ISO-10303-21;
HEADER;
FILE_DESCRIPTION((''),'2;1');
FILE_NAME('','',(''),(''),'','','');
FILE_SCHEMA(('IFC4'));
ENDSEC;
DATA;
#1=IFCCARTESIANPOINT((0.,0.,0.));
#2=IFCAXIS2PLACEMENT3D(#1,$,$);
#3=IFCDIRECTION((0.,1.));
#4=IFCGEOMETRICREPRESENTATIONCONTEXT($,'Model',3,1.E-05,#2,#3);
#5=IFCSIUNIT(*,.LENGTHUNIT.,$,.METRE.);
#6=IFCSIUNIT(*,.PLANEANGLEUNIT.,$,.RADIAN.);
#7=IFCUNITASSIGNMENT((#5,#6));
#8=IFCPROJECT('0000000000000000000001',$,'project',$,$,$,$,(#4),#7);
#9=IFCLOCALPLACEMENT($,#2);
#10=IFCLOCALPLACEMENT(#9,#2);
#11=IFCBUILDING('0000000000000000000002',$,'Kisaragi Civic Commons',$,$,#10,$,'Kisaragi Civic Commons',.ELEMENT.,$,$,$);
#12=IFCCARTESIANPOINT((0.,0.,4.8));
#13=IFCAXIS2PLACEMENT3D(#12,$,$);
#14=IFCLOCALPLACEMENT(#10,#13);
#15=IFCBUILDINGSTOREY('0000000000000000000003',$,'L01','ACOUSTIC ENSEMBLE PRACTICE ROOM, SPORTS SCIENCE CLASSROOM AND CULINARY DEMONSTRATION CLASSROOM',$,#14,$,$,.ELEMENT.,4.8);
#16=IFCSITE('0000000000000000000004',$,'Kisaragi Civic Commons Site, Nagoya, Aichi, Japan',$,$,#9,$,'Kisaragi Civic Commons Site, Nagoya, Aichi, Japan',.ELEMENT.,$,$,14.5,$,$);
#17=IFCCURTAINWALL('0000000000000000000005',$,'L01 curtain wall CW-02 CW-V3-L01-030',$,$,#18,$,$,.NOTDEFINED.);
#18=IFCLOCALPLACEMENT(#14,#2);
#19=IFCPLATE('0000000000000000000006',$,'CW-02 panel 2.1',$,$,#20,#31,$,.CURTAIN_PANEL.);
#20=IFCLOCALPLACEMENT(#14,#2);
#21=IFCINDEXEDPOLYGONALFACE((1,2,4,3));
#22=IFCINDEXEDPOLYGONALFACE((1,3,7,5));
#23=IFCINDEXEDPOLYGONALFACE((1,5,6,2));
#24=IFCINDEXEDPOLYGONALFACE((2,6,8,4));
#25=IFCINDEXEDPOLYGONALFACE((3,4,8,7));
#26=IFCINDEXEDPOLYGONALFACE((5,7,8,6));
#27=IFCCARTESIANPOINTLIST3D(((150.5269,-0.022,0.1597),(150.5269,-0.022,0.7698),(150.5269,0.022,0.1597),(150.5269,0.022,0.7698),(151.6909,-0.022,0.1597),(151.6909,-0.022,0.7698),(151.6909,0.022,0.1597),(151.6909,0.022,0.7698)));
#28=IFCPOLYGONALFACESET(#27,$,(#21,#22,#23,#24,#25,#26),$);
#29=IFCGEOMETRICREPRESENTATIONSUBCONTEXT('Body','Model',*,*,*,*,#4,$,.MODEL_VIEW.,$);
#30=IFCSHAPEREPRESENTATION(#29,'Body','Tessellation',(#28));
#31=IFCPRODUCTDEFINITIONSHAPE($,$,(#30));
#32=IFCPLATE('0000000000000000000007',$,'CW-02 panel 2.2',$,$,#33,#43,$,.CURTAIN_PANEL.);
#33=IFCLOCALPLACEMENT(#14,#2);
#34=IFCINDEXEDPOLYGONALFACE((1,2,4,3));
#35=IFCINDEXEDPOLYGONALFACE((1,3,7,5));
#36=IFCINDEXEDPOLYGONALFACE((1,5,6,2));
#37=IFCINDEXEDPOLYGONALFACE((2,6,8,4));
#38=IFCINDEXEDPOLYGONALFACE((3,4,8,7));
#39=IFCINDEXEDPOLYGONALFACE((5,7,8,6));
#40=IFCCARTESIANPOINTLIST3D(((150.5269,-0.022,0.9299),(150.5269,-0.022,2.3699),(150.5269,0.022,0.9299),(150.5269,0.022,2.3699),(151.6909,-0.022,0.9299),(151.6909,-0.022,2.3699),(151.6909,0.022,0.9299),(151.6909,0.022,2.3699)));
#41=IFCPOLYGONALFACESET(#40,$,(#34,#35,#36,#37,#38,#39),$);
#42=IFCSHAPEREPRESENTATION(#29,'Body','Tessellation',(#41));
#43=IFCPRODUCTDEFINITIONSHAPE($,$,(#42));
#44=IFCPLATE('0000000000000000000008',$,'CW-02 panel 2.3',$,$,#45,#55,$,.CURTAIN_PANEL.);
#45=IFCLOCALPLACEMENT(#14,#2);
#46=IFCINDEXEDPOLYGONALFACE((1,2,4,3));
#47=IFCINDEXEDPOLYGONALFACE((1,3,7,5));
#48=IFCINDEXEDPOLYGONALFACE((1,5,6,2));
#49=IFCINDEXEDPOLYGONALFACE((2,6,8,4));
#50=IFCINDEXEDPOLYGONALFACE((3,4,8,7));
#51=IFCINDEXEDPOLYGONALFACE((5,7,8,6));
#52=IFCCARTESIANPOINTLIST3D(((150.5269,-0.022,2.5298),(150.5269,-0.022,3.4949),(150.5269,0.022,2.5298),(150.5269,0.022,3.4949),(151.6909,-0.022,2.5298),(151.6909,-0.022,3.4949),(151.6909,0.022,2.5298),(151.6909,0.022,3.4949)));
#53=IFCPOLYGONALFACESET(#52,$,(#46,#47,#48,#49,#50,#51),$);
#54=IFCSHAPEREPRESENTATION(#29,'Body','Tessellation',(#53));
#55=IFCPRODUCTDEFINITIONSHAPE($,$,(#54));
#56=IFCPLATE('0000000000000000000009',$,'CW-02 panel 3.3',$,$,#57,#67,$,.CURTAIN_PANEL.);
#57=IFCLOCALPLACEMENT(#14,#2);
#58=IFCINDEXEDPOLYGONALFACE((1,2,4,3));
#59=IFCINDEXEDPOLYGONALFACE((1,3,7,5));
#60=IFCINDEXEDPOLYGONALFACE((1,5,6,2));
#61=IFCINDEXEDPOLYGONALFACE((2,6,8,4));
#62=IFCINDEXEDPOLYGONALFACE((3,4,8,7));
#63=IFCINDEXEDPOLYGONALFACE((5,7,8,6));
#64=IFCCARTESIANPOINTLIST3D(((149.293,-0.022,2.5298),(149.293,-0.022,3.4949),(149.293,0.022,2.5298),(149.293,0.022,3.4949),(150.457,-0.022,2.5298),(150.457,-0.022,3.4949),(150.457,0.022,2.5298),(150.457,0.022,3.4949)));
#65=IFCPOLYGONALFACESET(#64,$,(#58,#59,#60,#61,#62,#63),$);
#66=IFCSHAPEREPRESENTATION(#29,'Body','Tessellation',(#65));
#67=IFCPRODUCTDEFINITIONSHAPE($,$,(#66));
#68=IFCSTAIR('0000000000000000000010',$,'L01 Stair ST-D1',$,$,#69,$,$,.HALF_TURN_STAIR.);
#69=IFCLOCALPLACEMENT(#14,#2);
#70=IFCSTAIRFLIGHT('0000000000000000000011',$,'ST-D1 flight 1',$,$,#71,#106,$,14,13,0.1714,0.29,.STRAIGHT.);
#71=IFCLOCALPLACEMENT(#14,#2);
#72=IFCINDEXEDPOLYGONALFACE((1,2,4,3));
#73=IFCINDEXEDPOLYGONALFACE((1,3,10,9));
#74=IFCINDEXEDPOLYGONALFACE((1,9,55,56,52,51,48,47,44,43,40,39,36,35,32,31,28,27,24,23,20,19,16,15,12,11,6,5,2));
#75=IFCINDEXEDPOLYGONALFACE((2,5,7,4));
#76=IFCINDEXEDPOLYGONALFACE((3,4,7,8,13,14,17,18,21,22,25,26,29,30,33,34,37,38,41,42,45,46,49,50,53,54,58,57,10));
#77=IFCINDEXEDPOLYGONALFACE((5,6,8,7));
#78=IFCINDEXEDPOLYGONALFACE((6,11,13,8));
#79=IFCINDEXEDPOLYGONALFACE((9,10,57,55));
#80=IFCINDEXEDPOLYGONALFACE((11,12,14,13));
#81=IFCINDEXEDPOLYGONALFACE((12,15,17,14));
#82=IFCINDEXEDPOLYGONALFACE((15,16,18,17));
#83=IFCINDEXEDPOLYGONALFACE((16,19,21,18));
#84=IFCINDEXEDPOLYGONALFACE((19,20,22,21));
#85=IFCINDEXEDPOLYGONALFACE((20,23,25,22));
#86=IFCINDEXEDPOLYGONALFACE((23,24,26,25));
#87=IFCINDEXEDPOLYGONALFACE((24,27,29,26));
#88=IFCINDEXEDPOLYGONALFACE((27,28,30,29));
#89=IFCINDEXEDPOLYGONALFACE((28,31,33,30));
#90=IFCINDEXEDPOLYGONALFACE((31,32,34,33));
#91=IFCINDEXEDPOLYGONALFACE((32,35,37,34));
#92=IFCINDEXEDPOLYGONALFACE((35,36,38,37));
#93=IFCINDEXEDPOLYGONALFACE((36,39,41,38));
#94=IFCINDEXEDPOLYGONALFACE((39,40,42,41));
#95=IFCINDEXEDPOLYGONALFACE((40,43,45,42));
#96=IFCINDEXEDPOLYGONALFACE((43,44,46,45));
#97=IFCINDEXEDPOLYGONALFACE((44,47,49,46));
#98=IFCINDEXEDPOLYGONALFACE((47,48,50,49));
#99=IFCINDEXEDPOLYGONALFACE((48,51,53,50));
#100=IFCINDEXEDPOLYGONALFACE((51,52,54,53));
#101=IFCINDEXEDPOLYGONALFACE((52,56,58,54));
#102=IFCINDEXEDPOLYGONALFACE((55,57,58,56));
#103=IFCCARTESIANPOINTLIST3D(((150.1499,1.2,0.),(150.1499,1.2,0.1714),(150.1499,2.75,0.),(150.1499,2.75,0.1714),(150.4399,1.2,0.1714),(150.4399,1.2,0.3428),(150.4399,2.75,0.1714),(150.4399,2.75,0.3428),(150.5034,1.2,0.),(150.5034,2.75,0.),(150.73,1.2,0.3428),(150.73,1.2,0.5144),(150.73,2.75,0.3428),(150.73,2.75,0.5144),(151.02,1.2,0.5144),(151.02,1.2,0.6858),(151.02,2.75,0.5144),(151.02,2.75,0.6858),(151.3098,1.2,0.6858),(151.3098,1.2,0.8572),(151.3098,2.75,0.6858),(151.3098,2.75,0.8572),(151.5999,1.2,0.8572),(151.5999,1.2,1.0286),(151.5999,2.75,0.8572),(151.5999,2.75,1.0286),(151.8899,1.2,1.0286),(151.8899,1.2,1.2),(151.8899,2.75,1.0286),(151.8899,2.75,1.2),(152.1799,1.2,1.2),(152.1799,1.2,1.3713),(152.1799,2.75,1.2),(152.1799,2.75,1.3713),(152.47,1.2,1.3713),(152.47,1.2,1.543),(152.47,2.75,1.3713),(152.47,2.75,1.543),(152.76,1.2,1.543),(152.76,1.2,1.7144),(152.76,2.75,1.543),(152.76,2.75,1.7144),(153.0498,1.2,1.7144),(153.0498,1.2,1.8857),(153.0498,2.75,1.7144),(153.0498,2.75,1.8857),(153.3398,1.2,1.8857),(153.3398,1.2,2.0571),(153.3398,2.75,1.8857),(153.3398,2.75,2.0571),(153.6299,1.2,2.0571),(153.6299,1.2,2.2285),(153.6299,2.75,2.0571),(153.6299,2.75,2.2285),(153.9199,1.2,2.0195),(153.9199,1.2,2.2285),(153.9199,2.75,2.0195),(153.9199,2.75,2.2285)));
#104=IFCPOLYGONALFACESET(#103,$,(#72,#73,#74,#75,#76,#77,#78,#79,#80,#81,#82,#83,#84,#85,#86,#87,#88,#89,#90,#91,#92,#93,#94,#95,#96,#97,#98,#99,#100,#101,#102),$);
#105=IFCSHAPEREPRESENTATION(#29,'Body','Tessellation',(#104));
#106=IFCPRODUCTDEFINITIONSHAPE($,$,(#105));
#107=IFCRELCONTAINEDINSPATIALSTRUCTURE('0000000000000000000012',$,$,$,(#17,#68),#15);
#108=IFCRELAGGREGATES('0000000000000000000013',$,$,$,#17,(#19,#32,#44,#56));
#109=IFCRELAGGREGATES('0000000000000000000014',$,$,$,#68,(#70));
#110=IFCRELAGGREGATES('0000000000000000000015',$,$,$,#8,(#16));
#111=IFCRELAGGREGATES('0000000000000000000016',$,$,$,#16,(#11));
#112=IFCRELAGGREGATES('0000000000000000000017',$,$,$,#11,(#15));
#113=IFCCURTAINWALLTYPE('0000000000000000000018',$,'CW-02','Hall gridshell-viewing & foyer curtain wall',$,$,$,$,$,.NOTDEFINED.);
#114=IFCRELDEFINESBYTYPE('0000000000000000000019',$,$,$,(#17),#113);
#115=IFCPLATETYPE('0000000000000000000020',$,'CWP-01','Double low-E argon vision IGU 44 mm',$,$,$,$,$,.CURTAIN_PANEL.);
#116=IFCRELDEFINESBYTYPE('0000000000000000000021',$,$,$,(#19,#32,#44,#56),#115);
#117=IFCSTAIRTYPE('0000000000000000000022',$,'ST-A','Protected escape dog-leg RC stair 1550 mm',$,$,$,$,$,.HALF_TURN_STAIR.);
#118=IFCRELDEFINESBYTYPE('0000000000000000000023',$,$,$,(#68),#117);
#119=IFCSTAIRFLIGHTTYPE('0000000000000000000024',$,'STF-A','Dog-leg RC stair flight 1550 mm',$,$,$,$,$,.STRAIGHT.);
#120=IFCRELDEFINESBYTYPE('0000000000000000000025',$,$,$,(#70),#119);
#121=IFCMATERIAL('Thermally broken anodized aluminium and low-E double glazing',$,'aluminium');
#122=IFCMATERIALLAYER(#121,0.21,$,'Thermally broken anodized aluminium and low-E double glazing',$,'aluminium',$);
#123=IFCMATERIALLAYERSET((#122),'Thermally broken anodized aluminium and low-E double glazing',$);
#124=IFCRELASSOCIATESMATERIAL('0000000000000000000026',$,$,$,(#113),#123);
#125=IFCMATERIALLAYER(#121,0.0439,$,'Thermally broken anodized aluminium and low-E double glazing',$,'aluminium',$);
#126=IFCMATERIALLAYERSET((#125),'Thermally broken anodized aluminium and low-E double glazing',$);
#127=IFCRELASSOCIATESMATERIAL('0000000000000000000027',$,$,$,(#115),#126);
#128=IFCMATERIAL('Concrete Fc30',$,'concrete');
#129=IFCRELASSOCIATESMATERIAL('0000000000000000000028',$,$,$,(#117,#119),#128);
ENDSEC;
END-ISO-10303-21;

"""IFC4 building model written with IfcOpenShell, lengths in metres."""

from ifc_helpers import new_model, si_unit, direction, frame, origin, origin_2d, place, context, subcontext, project, spatial, polyline, rectangle, outline, extrude, material, layer, layer_set, type_object, element, aggregate, save


model = new_model("IFC4")

# Units and contexts
model_context = context("Model", 3, precision=1e-05, world=origin(), true_north=direction((0.0, 1.0)))
body_context = subcontext(model_context, "Body", "Model", "MODEL_VIEW")
ifc_project = project(units=[si_unit("LENGTHUNIT", "METRE"), si_unit("PLANEANGLEUNIT", "RADIAN")], contexts=[model_context])

# Site, building, storey
site_placement = place(None, origin())
site = spatial("IfcSite", under=ifc_project, at=site_placement, Name="Kisaragi Civic Commons Site, Nagoya, Aichi, Japan", LongName="Kisaragi Civic Commons Site, Nagoya, Aichi, Japan", CompositionType="ELEMENT", RefElevation=14.5)
building_placement = place(site_placement, origin())
building = spatial("IfcBuilding", under=site, at=building_placement, Name="Kisaragi Civic Commons", LongName="Kisaragi Civic Commons", CompositionType="ELEMENT")
storey_placement = place(building_placement, frame((0.0, 0.0, 4.8)))
storey = spatial("IfcBuildingStorey", under=building, at=storey_placement, Name="L01", Description="ACOUSTIC ENSEMBLE PRACTICE ROOM, SPORTS SCIENCE CLASSROOM AND CULINARY DEMONSTRATION CLASSROOM", CompositionType="ELEMENT", Elevation=4.8)

# Curtain wall
ifc_material_1 = material(Name="Thermally broken anodized aluminium and low-E double glazing", Category="aluminium")
ifc_layer_1 = layer(ifc_material_1, 0.21, Name="Thermally broken anodized aluminium and low-E double glazing", Category="aluminium")
ifc_layer_set_1 = layer_set([ifc_layer_1], Name="Thermally broken anodized aluminium and low-E double glazing")
curtain_wall_type = type_object("IfcCurtainWallType", Name="CW-02", Description="Hall gridshell-viewing & foyer curtain wall", PredefinedType="NOTDEFINED", material=ifc_layer_set_1)
curtain_wall_placement = place(storey_placement, origin())
curtain_wall = element("IfcCurtainWall", 1, at=curtain_wall_placement, inside=storey, type_object=curtain_wall_type, Name="L01 curtain wall CW-02 CW-V3-L01-030", PredefinedType="NOTDEFINED")

# Shared definitions
ifc_material_2 = material(Name="Concrete Fc30", Category="concrete")

# Plates
ifc_layer_2 = layer(ifc_material_1, 0.0439, Name="Thermally broken anodized aluminium and low-E double glazing", Category="aluminium")
ifc_layer_set_2 = layer_set([ifc_layer_2], Name="Thermally broken anodized aluminium and low-E double glazing")
plate_type = type_object("IfcPlateType", Name="CWP-01", Description="Double low-E argon vision IGU 44 mm", PredefinedType="CURTAIN_PANEL", material=ifc_layer_set_2)
plate_1_placement = place(storey_placement, frame((151.1089, 0.0, 0.1597), z_axis=(0.0, 0.0, 1.0), x_axis=(-1.0, 0.0, 0.0)))
plate_1 = element("IfcPlate", 2, at=plate_1_placement, type_object=plate_type, Name="CW-02 panel 2.1", PredefinedType="CURTAIN_PANEL", context=body_context, shape_type="SweptSolid", body=[
    extrude(rectangle(XDim=1.1641, YDim=0.0439, at=origin_2d()), origin(), (0.0, 0.0, 1.0), 0.6101),
])
plate_2_placement = place(storey_placement, frame((151.1089, 0.0, 0.9299), z_axis=(0.0, 0.0, 1.0), x_axis=(-1.0, 0.0, 0.0)))
plate_2 = element("IfcPlate", 3, at=plate_2_placement, type_object=plate_type, Name="CW-02 panel 2.2", PredefinedType="CURTAIN_PANEL", context=body_context, shape_type="SweptSolid", body=[
    extrude(rectangle(XDim=1.1641, YDim=0.0439, at=origin_2d()), origin(), (0.0, 0.0, 1.0), 1.4399),
])
plate_3_placement = place(storey_placement, frame((151.1089, 0.0, 2.5298), z_axis=(0.0, 0.0, 1.0), x_axis=(-1.0, 0.0, 0.0)))
plate_3 = element("IfcPlate", 4, at=plate_3_placement, type_object=plate_type, Name="CW-02 panel 2.3", PredefinedType="CURTAIN_PANEL", context=body_context, shape_type="SweptSolid", body=[
    extrude(rectangle(XDim=1.1641, YDim=0.0439, at=origin_2d()), origin(), (0.0, 0.0, 1.0), 0.9651),
])
plate_4_placement = place(storey_placement, frame((149.875, 0.0, 2.5298), z_axis=(0.0, 0.0, 1.0), x_axis=(-1.0, 0.0, 0.0)))
plate_4 = element("IfcPlate", 5, at=plate_4_placement, type_object=plate_type, Name="CW-02 panel 3.3", PredefinedType="CURTAIN_PANEL", context=body_context, shape_type="SweptSolid", body=[
    extrude(rectangle(XDim=1.1641, YDim=0.0439, at=origin_2d()), origin(), (0.0, 0.0, 1.0), 0.9651),
])
aggregate(curtain_wall, [plate_1, plate_2, plate_3, plate_4])

# Stair, stair flight
stair_type = type_object("IfcStairType", Name="ST-A", Description="Protected escape dog-leg RC stair 1550 mm", PredefinedType="HALF_TURN_STAIR", material=ifc_material_2)
stair_placement = place(storey_placement, origin())
stair = element("IfcStair", 6, at=stair_placement, inside=storey, type_object=stair_type, Name="L01 Stair ST-D1", PredefinedType="HALF_TURN_STAIR")
stair_flight_type = type_object("IfcStairFlightType", Name="STF-A", Description="Dog-leg RC stair flight 1550 mm", PredefinedType="STRAIGHT", material=ifc_material_2)
stair_flight_placement = place(storey_placement, frame((150.1499, 1.9751, 0.0), z_axis=(0.0, 0.0, 1.0), x_axis=(1.0, 0.0, 0.0)))
stair_flight = element("IfcStairFlight", 7, at=stair_flight_placement, type_object=stair_flight_type, Name="ST-D1 flight 1", NumberOfRisers=14, NumberOfTreads=13, PredefinedType="STRAIGHT", RiserHeight=0.1714, TreadLength=0.29, context=body_context, shape_type="SweptSolid", body=[
    extrude(outline(polyline([(0.0, 0.0), (0.0, 0.1714), (0.29, 0.1714), (0.29, 0.3428), (0.5801, 0.3428), (0.5801, 0.5144), (0.8701, 0.5144), (0.8701, 0.6858), (1.1599, 0.6858), (1.1599, 0.8572), (1.45, 0.8572), (1.45, 1.0286), (1.74, 1.0286), (1.74, 1.2), (2.03, 1.2), (2.03, 1.3713), (2.3201, 1.3713), (2.3201, 1.543), (2.6101, 1.543), (2.6101, 1.7144), (2.8999, 1.7144), (2.8999, 1.8857), (3.1899, 1.8857), (3.1899, 2.0571), (3.48, 2.0571), (3.48, 2.2285), (3.77, 2.2285), (3.77, 2.3999), (3.77, 2.0195), (0.3535, 0.0), (0.0, 0.0)])), frame((0.0, 0.7749, 0.0), z_axis=(0.0, -1.0, 0.0), x_axis=(1.0, 0.0, 0.0)), (0.0, 0.0, 1.0), 1.55),
])
aggregate(stair, [stair_flight])

save(model, "model.ifc")
